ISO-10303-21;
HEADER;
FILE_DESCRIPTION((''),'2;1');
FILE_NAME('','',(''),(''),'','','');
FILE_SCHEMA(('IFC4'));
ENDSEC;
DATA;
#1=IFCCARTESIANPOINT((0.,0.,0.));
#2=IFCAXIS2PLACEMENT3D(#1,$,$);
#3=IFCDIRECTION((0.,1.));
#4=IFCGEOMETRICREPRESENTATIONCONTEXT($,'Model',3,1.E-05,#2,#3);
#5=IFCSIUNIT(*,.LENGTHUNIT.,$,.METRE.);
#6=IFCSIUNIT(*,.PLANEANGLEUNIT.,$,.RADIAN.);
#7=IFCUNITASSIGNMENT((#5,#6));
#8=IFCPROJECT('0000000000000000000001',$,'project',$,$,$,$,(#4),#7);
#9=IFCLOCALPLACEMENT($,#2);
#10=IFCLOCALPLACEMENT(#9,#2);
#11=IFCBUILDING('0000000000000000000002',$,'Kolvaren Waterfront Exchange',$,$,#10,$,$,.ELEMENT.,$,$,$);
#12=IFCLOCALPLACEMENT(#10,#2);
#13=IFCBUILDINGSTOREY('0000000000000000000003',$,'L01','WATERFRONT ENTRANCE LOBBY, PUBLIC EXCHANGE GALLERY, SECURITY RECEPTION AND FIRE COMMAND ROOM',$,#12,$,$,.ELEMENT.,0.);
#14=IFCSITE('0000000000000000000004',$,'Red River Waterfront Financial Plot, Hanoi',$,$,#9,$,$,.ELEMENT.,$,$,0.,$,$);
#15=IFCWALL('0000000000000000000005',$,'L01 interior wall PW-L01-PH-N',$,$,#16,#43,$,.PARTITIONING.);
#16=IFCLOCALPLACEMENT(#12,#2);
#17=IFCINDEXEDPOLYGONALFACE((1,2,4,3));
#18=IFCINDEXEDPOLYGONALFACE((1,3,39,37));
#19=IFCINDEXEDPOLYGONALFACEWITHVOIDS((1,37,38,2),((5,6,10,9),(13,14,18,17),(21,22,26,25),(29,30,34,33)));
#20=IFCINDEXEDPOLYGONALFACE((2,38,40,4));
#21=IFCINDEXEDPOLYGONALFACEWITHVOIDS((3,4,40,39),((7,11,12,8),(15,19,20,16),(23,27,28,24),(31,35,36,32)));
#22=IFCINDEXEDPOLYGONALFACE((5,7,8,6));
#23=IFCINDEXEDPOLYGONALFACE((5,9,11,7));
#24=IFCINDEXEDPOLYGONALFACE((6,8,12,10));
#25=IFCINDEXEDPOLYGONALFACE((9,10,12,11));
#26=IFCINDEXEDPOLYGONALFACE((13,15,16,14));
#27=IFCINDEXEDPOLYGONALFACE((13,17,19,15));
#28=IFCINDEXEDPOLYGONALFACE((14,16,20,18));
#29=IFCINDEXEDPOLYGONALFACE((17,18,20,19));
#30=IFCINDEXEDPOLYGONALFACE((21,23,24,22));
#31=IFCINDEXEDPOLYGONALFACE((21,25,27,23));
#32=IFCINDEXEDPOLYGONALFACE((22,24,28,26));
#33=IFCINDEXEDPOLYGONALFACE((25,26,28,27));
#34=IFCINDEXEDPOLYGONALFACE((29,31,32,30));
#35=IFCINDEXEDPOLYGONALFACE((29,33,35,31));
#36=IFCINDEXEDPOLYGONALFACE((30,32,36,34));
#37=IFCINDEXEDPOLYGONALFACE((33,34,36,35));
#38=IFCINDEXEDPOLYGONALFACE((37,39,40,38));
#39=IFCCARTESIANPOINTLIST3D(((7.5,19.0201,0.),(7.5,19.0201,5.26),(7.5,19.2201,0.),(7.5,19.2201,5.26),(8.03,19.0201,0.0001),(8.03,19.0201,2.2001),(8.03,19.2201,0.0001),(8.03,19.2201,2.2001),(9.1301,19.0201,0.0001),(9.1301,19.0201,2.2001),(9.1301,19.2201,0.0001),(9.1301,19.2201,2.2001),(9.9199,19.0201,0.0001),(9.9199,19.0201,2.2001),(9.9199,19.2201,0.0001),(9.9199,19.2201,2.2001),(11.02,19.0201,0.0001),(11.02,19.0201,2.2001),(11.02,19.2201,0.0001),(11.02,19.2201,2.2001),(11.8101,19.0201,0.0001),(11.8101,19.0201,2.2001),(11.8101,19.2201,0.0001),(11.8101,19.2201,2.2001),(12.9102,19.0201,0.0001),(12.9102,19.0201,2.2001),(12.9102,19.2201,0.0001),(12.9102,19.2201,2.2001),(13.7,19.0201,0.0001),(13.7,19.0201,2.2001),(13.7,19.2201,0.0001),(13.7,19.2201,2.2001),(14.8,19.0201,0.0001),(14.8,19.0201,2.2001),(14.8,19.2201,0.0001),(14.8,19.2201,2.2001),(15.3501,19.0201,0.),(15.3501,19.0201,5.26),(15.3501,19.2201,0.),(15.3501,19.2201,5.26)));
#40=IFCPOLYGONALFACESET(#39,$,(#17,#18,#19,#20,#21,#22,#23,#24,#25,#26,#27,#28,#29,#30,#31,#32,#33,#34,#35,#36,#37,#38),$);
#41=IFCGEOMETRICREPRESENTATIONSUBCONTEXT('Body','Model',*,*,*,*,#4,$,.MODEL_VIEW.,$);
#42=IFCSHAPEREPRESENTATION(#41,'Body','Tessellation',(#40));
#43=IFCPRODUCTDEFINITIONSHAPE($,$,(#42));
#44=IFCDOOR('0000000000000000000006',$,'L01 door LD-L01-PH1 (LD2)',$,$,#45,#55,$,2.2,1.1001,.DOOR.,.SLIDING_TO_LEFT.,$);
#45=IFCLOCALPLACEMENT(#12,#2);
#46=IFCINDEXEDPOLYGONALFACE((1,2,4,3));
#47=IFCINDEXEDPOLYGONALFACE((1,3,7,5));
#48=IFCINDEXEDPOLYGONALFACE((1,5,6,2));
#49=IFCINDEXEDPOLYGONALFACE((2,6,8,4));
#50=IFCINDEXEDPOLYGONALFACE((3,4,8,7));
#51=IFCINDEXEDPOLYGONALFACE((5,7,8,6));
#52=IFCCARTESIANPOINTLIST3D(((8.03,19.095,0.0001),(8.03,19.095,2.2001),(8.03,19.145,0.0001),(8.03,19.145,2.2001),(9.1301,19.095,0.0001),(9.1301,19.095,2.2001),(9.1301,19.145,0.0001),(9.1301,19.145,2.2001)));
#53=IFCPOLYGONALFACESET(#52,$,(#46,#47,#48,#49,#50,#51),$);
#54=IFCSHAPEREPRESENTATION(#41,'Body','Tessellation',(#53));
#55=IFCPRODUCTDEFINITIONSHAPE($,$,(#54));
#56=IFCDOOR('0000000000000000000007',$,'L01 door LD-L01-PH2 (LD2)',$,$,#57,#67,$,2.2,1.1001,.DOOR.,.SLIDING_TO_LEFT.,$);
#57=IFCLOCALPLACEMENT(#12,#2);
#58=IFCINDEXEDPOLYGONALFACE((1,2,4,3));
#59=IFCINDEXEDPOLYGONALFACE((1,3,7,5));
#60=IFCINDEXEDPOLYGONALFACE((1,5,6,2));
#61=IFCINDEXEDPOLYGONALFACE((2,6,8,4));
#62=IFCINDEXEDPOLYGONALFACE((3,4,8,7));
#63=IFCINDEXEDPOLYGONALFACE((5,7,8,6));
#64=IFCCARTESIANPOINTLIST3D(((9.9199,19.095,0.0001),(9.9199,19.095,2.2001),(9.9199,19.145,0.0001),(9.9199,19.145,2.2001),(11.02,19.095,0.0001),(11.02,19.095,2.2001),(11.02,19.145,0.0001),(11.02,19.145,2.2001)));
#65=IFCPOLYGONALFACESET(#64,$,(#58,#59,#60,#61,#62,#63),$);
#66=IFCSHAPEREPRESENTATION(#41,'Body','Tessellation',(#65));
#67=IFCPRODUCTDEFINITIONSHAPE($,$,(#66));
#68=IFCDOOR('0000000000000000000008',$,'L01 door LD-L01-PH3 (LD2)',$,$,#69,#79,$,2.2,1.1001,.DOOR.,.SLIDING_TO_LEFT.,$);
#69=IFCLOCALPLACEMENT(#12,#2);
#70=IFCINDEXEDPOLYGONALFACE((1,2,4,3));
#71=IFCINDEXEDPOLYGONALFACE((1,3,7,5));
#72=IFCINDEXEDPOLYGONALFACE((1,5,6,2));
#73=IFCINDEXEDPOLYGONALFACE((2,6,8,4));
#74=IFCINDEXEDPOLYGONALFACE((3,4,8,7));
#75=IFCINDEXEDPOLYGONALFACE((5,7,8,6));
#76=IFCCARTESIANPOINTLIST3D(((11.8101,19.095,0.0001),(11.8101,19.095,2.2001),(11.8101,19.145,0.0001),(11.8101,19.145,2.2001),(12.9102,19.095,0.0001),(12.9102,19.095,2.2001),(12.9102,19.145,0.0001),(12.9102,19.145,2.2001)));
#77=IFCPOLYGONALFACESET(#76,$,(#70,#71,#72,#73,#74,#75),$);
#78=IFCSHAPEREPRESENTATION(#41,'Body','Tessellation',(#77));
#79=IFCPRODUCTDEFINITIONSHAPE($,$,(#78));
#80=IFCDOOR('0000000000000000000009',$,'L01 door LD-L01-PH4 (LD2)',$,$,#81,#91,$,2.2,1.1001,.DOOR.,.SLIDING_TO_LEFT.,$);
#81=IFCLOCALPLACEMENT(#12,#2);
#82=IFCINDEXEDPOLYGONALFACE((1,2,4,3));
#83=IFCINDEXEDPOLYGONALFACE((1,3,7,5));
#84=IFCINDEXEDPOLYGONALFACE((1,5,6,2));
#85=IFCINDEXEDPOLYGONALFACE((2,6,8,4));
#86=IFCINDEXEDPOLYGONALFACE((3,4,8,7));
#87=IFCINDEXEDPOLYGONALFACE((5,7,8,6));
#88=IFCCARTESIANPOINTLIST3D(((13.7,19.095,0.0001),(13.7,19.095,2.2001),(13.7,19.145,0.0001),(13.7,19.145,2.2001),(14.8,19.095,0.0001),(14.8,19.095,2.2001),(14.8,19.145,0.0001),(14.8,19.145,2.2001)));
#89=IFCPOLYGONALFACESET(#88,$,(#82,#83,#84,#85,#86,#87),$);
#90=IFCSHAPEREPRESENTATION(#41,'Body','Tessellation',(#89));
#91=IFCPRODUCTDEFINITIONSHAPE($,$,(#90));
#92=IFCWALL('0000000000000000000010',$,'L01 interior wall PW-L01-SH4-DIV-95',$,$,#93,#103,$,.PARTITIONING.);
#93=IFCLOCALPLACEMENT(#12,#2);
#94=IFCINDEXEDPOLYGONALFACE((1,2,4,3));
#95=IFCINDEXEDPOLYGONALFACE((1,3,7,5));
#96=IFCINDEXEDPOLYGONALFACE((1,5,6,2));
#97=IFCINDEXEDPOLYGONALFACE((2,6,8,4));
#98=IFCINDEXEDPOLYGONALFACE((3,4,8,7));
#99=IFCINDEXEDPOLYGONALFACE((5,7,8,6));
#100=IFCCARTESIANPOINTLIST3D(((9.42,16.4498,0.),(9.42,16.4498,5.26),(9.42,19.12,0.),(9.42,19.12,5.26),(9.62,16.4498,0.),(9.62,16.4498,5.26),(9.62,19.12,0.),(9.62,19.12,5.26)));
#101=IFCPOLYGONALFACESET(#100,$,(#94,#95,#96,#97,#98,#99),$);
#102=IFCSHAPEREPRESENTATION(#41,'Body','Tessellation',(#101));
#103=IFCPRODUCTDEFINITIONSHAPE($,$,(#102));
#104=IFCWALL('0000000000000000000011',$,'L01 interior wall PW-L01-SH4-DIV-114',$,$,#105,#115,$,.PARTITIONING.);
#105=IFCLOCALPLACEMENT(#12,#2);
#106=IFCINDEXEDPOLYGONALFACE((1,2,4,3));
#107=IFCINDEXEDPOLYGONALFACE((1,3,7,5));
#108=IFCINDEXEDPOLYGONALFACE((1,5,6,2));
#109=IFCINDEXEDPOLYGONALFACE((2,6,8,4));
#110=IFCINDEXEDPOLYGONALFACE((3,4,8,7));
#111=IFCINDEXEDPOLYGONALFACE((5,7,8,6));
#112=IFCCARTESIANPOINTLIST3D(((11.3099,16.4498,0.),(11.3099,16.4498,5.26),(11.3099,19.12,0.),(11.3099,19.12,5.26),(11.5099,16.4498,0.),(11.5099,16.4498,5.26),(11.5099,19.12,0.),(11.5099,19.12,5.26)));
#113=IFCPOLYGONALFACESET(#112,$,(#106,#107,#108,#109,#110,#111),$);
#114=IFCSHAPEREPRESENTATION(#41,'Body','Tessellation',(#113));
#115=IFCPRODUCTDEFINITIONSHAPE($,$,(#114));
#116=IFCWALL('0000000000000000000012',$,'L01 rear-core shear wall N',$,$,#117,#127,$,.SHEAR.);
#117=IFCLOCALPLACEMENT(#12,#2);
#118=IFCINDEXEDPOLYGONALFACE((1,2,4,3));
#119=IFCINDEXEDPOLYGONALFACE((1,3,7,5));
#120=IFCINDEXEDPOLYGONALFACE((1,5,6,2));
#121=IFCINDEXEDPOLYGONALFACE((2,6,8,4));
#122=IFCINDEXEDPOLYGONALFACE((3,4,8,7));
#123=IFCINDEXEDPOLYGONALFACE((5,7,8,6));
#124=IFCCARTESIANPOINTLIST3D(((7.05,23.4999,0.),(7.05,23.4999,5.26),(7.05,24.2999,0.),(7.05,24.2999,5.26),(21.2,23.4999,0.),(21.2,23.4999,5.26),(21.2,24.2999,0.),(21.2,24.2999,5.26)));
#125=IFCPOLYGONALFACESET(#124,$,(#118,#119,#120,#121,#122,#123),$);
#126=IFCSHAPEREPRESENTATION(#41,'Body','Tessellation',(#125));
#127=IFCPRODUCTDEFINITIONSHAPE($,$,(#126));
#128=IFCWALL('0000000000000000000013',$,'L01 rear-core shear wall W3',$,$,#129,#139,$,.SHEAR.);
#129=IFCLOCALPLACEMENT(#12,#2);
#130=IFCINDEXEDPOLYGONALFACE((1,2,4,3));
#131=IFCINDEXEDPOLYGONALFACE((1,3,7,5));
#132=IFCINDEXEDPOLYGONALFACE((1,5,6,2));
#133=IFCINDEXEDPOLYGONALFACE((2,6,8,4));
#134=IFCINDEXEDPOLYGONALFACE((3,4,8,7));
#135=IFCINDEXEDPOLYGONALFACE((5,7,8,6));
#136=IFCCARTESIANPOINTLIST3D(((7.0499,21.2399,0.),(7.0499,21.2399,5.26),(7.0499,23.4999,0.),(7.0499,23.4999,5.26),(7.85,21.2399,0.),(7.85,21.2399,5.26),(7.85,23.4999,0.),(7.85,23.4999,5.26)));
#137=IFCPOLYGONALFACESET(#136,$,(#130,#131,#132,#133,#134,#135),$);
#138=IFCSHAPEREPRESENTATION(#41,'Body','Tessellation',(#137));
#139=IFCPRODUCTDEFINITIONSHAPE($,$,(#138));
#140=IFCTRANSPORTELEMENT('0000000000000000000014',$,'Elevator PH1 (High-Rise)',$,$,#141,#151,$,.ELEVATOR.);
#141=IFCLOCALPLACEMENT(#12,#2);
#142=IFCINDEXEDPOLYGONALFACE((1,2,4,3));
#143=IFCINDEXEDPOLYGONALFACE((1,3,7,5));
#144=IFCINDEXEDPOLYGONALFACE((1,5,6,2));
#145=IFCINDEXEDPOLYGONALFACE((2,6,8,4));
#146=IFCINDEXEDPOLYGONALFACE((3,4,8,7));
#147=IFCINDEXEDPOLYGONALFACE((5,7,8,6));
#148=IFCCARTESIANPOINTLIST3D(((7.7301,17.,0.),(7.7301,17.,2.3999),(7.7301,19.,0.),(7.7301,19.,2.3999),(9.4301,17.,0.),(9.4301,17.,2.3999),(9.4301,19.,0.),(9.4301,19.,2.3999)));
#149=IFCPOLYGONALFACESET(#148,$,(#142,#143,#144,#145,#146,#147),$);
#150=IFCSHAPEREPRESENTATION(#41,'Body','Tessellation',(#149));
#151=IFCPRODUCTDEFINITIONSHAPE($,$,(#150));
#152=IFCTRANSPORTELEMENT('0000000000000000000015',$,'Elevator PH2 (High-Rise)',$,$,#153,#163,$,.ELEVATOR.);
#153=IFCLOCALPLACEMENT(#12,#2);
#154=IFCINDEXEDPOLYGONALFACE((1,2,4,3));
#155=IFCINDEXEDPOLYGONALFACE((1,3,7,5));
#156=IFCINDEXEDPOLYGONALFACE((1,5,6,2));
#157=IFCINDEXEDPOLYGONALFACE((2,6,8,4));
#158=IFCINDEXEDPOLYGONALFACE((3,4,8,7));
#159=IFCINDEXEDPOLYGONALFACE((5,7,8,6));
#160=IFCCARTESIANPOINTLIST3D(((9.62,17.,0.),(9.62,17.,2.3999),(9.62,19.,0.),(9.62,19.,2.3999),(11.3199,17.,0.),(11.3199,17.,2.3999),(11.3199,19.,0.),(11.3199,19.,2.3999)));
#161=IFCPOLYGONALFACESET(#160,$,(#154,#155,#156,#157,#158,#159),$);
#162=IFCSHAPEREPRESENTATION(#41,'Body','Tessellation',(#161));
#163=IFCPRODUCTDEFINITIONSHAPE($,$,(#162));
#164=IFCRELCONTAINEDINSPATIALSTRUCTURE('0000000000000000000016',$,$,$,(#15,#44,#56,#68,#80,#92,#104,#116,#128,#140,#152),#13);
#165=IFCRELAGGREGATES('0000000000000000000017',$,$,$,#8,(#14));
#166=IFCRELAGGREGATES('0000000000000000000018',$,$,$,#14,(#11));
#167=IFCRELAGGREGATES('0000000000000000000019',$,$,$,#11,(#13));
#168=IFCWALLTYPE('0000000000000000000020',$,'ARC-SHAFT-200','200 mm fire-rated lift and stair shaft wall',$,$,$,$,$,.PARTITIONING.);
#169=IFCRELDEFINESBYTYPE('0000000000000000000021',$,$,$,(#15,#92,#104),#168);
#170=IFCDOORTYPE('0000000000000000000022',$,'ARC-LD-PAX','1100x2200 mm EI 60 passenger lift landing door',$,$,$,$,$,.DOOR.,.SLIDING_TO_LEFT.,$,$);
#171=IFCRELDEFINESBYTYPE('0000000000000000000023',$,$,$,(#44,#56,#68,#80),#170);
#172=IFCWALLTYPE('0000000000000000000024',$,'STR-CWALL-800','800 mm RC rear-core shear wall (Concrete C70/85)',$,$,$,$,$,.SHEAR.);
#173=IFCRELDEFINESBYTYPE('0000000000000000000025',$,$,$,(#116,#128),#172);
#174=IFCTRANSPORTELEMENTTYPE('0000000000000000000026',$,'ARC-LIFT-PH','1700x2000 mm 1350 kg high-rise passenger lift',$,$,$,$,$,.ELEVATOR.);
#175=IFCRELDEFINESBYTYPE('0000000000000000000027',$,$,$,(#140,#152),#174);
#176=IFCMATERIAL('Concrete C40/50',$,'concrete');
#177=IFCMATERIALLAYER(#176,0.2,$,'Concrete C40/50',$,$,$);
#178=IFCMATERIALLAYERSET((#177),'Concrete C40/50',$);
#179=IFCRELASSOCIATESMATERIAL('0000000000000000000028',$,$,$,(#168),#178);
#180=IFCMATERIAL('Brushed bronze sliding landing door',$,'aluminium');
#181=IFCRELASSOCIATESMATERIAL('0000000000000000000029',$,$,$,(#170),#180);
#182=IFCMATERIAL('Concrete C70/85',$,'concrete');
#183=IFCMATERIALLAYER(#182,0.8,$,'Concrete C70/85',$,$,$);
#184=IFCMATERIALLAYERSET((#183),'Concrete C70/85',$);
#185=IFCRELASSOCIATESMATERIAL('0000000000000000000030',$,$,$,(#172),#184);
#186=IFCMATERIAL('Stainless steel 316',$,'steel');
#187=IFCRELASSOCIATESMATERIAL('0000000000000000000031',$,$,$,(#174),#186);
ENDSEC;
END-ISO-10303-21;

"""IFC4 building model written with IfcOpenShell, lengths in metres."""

from ifc_helpers import new_model, si_unit, direction, frame, frame_2d, origin, origin_2d, place, context, subcontext, project, spatial, rectangle, extrude, material, layer, layer_set, type_object, element, fill, save


model = new_model("IFC4")

# Units and contexts
model_context = context("Model", 3, precision=1e-05, world=origin(), true_north=direction((0.0, 1.0)))
body_context = subcontext(model_context, "Body", "Model", "MODEL_VIEW")
ifc_project = project(units=[si_unit("LENGTHUNIT", "METRE"), si_unit("PLANEANGLEUNIT", "RADIAN")], contexts=[model_context])

# Site, building, storey
site_placement = place(None, origin())
site = spatial("IfcSite", under=ifc_project, at=site_placement, Name="Red River Waterfront Financial Plot, Hanoi", CompositionType="ELEMENT", RefElevation=0.0)
building_placement = place(site_placement, origin())
building = spatial("IfcBuilding", under=site, at=building_placement, Name="Kolvaren Waterfront Exchange", CompositionType="ELEMENT")
storey_placement = place(building_placement, origin())
storey = spatial("IfcBuildingStorey", under=building, at=storey_placement, Name="L01", Description="WATERFRONT ENTRANCE LOBBY, PUBLIC EXCHANGE GALLERY, SECURITY RECEPTION AND FIRE COMMAND ROOM", CompositionType="ELEMENT", Elevation=0.0)

# Shared definitions
ifc_material_1 = material(Name="Concrete C70/85", Category="concrete")

# Wall, openings, doors
ifc_material_2 = material(Name="Concrete C40/50", Category="concrete")
ifc_layer_1 = layer(ifc_material_2, 0.2, Name="Concrete C40/50")
ifc_layer_set_1 = layer_set([ifc_layer_1], Name="Concrete C40/50")
wall_type_1 = type_object("IfcWallType", Name="ARC-SHAFT-200", Description="200 mm fire-rated lift and stair shaft wall", PredefinedType="PARTITIONING", material=ifc_layer_set_1)
wall_1_placement = place(storey_placement, frame((7.5, 19.1201, 0.0), z_axis=(0.0, 0.0, 1.0), x_axis=(1.0, 0.0, 0.0)))
wall_1 = element("IfcWall", 1, at=wall_1_placement, inside=storey, type_object=wall_type_1, Name="L01 interior wall PW-L01-PH-N", PredefinedType="PARTITIONING", context=body_context, shape_type="SweptSolid", body=[
    extrude(rectangle(XDim=7.8501, YDim=0.2, at=frame_2d((3.925, 0.0))), origin(), (0.0, 0.0, 1.0), 5.26),
])
opening_1_placement = place(wall_1_placement, frame((0.53, 0.0, 0.0)))
opening_1 = element("IfcOpeningElement", 2, at=opening_1_placement, cuts=wall_1, PredefinedType="OPENING", context=body_context, shape_type="SweptSolid", body=[
    extrude(rectangle(XDim=1.1001, YDim=2.2, at=frame_2d((0.55, 1.1001))), frame((0.0, 0.1099, 0.0), z_axis=(0.0, -1.0, 0.0), x_axis=(1.0, 0.0, 0.0)), (0.0, 0.0, 1.0), 0.22),
])
opening_2_placement = place(wall_1_placement, frame((2.4199, 0.0, 0.0)))
opening_2 = element("IfcOpeningElement", 3, at=opening_2_placement, cuts=wall_1, PredefinedType="OPENING", context=body_context, shape_type="SweptSolid", body=[
    extrude(rectangle(XDim=1.1001, YDim=2.2, at=frame_2d((0.55, 1.1001))), frame((0.0, 0.1099, 0.0), z_axis=(0.0, -1.0, 0.0), x_axis=(1.0, 0.0, 0.0)), (0.0, 0.0, 1.0), 0.22),
])
opening_3_placement = place(wall_1_placement, frame((4.3101, 0.0, 0.0)))
opening_3 = element("IfcOpeningElement", 4, at=opening_3_placement, cuts=wall_1, PredefinedType="OPENING", context=body_context, shape_type="SweptSolid", body=[
    extrude(rectangle(XDim=1.1001, YDim=2.2, at=frame_2d((0.55, 1.1001))), frame((0.0, 0.1099, 0.0), z_axis=(0.0, -1.0, 0.0), x_axis=(1.0, 0.0, 0.0)), (0.0, 0.0, 1.0), 0.22),
])
opening_4_placement = place(wall_1_placement, frame((6.2, 0.0, 0.0)))
opening_4 = element("IfcOpeningElement", 5, at=opening_4_placement, cuts=wall_1, PredefinedType="OPENING", context=body_context, shape_type="SweptSolid", body=[
    extrude(rectangle(XDim=1.1001, YDim=2.2, at=frame_2d((0.55, 1.1001))), frame((0.0, 0.1099, 0.0), z_axis=(0.0, -1.0, 0.0), x_axis=(1.0, 0.0, 0.0)), (0.0, 0.0, 1.0), 0.22),
])
ifc_material_3 = material(Name="Brushed bronze sliding landing door", Category="aluminium")
door_type_1 = type_object("IfcDoorType", Name="ARC-LD-PAX", Description="1100x2200 mm EI 60 passenger lift landing door", OperationType="SLIDING_TO_LEFT", PredefinedType="DOOR", material=ifc_material_3)
door_1_placement = place(opening_1_placement, origin())
door_1 = element("IfcDoor", 6, at=door_1_placement, inside=storey, type_object=door_type_1, Name="L01 door LD-L01-PH1 (LD2)", OperationType="SLIDING_TO_LEFT", OverallHeight=2.2, OverallWidth=1.1001, PredefinedType="DOOR", context=body_context, shape_type="SweptSolid", body=[
    extrude(rectangle(XDim=1.1001, YDim=2.2, at=frame_2d((0.55, 1.1001))), frame((0.0, 0.0249, 0.0), z_axis=(0.0, -1.0, 0.0), x_axis=(1.0, 0.0, 0.0)), (0.0, 0.0, 1.0), 0.05),
])
fill(opening_1, door_1)
door_2_placement = place(opening_2_placement, origin())
door_2 = element("IfcDoor", 7, at=door_2_placement, inside=storey, type_object=door_type_1, Name="L01 door LD-L01-PH2 (LD2)", OperationType="SLIDING_TO_LEFT", OverallHeight=2.2, OverallWidth=1.1001, PredefinedType="DOOR", context=body_context, shape_type="SweptSolid", body=[
    extrude(rectangle(XDim=1.1001, YDim=2.2, at=frame_2d((0.55, 1.1001))), frame((0.0, 0.0249, 0.0), z_axis=(0.0, -1.0, 0.0), x_axis=(1.0, 0.0, 0.0)), (0.0, 0.0, 1.0), 0.05),
])
fill(opening_2, door_2)
door_3_placement = place(opening_3_placement, origin())
door_3 = element("IfcDoor", 8, at=door_3_placement, inside=storey, type_object=door_type_1, Name="L01 door LD-L01-PH3 (LD2)", OperationType="SLIDING_TO_LEFT", OverallHeight=2.2, OverallWidth=1.1001, PredefinedType="DOOR", context=body_context, shape_type="SweptSolid", body=[
    extrude(rectangle(XDim=1.1001, YDim=2.2, at=frame_2d((0.55, 1.1001))), frame((0.0, 0.0249, 0.0), z_axis=(0.0, -1.0, 0.0), x_axis=(1.0, 0.0, 0.0)), (0.0, 0.0, 1.0), 0.05),
])
fill(opening_3, door_3)
door_4_placement = place(opening_4_placement, origin())
door_4 = element("IfcDoor", 9, at=door_4_placement, inside=storey, type_object=door_type_1, Name="L01 door LD-L01-PH4 (LD2)", OperationType="SLIDING_TO_LEFT", OverallHeight=2.2, OverallWidth=1.1001, PredefinedType="DOOR", context=body_context, shape_type="SweptSolid", body=[
    extrude(rectangle(XDim=1.1001, YDim=2.2, at=frame_2d((0.55, 1.1001))), frame((0.0, 0.0249, 0.0), z_axis=(0.0, -1.0, 0.0), x_axis=(1.0, 0.0, 0.0)), (0.0, 0.0, 1.0), 0.05),
])
fill(opening_4, door_4)

# Walls
for number, where, z_axis, x_axis, name in (
    (10, (9.52, 16.45, 0.0), (0.0, 0.0, 1.0), (0.0, 1.0, 0.0), "L01 interior wall PW-L01-SH4-DIV-95"),
    (11, (11.4099, 16.45, 0.0), (0.0, 0.0, 1.0), (0.0, 1.0, 0.0), "L01 interior wall PW-L01-SH4-DIV-114"),
):
    element("IfcWall", number, at=place(storey_placement, frame(where, z_axis=z_axis, x_axis=x_axis)), inside=storey, type_object=wall_type_1, Name=name, PredefinedType="PARTITIONING", context=body_context, shape_type="SweptSolid", body=[
        extrude(rectangle(XDim=2.6702, YDim=0.2, at=frame_2d((1.335, 0.0))), origin(), (0.0, 0.0, 1.0), 5.26),
    ])
ifc_layer_2 = layer(ifc_material_1, 0.8, Name="Concrete C70/85")
ifc_layer_set_2 = layer_set([ifc_layer_2], Name="Concrete C70/85")
wall_type_2 = type_object("IfcWallType", Name="STR-CWALL-800", Description="800 mm RC rear-core shear wall (Concrete C70/85)", PredefinedType="SHEAR", material=ifc_layer_set_2)
wall_2_placement = place(storey_placement, frame((7.05, 23.8999, 0.0), z_axis=(0.0, 0.0, 1.0), x_axis=(1.0, 0.0, 0.0)))
element("IfcWall", 12, at=wall_2_placement, inside=storey, type_object=wall_type_2, Name="L01 rear-core shear wall N", PredefinedType="SHEAR", context=body_context, shape_type="SweptSolid", body=[
    extrude(rectangle(XDim=14.1499, YDim=0.8, at=frame_2d((7.075, 0.0))), origin(), (0.0, 0.0, 1.0), 5.26),
])
wall_3_placement = place(storey_placement, frame((7.45, 21.24, 0.0), z_axis=(0.0, 0.0, 1.0), x_axis=(0.0, 1.0, 0.0)))
element("IfcWall", 13, at=wall_3_placement, inside=storey, type_object=wall_type_2, Name="L01 rear-core shear wall W3", PredefinedType="SHEAR", context=body_context, shape_type="SweptSolid", body=[
    extrude(rectangle(XDim=2.26, YDim=0.8, at=frame_2d((1.1299, 0.0))), origin(), (0.0, 0.0, 1.0), 5.26),
])

# Transport elements
ifc_material_4 = material(Name="Stainless steel 316", Category="steel")
transport_element_type = type_object("IfcTransportElementType", Name="ARC-LIFT-PH", Description="1700x2000 mm 1350 kg high-rise passenger lift", PredefinedType="ELEVATOR", material=ifc_material_4)
for number, where, z_axis, x_axis, name in (
    (14, (8.5801, 18.0, 0.0), (0.0, 0.0, 1.0), (1.0, 0.0, 0.0), "Elevator PH1 (High-Rise)"),
    (15, (10.47, 18.0, 0.0), (0.0, 0.0, 1.0), (1.0, 0.0, 0.0), "Elevator PH2 (High-Rise)"),
):
    element("IfcTransportElement", number, at=place(storey_placement, frame(where, z_axis=z_axis, x_axis=x_axis)), inside=storey, type_object=transport_element_type, Name=name, PredefinedType="ELEVATOR", context=body_context, shape_type="SweptSolid", body=[
        extrude(rectangle(XDim=1.7, YDim=2.0, at=origin_2d()), origin(), (0.0, 0.0, 1.0), 2.3999),
    ])

save(model, "model.ifc")
